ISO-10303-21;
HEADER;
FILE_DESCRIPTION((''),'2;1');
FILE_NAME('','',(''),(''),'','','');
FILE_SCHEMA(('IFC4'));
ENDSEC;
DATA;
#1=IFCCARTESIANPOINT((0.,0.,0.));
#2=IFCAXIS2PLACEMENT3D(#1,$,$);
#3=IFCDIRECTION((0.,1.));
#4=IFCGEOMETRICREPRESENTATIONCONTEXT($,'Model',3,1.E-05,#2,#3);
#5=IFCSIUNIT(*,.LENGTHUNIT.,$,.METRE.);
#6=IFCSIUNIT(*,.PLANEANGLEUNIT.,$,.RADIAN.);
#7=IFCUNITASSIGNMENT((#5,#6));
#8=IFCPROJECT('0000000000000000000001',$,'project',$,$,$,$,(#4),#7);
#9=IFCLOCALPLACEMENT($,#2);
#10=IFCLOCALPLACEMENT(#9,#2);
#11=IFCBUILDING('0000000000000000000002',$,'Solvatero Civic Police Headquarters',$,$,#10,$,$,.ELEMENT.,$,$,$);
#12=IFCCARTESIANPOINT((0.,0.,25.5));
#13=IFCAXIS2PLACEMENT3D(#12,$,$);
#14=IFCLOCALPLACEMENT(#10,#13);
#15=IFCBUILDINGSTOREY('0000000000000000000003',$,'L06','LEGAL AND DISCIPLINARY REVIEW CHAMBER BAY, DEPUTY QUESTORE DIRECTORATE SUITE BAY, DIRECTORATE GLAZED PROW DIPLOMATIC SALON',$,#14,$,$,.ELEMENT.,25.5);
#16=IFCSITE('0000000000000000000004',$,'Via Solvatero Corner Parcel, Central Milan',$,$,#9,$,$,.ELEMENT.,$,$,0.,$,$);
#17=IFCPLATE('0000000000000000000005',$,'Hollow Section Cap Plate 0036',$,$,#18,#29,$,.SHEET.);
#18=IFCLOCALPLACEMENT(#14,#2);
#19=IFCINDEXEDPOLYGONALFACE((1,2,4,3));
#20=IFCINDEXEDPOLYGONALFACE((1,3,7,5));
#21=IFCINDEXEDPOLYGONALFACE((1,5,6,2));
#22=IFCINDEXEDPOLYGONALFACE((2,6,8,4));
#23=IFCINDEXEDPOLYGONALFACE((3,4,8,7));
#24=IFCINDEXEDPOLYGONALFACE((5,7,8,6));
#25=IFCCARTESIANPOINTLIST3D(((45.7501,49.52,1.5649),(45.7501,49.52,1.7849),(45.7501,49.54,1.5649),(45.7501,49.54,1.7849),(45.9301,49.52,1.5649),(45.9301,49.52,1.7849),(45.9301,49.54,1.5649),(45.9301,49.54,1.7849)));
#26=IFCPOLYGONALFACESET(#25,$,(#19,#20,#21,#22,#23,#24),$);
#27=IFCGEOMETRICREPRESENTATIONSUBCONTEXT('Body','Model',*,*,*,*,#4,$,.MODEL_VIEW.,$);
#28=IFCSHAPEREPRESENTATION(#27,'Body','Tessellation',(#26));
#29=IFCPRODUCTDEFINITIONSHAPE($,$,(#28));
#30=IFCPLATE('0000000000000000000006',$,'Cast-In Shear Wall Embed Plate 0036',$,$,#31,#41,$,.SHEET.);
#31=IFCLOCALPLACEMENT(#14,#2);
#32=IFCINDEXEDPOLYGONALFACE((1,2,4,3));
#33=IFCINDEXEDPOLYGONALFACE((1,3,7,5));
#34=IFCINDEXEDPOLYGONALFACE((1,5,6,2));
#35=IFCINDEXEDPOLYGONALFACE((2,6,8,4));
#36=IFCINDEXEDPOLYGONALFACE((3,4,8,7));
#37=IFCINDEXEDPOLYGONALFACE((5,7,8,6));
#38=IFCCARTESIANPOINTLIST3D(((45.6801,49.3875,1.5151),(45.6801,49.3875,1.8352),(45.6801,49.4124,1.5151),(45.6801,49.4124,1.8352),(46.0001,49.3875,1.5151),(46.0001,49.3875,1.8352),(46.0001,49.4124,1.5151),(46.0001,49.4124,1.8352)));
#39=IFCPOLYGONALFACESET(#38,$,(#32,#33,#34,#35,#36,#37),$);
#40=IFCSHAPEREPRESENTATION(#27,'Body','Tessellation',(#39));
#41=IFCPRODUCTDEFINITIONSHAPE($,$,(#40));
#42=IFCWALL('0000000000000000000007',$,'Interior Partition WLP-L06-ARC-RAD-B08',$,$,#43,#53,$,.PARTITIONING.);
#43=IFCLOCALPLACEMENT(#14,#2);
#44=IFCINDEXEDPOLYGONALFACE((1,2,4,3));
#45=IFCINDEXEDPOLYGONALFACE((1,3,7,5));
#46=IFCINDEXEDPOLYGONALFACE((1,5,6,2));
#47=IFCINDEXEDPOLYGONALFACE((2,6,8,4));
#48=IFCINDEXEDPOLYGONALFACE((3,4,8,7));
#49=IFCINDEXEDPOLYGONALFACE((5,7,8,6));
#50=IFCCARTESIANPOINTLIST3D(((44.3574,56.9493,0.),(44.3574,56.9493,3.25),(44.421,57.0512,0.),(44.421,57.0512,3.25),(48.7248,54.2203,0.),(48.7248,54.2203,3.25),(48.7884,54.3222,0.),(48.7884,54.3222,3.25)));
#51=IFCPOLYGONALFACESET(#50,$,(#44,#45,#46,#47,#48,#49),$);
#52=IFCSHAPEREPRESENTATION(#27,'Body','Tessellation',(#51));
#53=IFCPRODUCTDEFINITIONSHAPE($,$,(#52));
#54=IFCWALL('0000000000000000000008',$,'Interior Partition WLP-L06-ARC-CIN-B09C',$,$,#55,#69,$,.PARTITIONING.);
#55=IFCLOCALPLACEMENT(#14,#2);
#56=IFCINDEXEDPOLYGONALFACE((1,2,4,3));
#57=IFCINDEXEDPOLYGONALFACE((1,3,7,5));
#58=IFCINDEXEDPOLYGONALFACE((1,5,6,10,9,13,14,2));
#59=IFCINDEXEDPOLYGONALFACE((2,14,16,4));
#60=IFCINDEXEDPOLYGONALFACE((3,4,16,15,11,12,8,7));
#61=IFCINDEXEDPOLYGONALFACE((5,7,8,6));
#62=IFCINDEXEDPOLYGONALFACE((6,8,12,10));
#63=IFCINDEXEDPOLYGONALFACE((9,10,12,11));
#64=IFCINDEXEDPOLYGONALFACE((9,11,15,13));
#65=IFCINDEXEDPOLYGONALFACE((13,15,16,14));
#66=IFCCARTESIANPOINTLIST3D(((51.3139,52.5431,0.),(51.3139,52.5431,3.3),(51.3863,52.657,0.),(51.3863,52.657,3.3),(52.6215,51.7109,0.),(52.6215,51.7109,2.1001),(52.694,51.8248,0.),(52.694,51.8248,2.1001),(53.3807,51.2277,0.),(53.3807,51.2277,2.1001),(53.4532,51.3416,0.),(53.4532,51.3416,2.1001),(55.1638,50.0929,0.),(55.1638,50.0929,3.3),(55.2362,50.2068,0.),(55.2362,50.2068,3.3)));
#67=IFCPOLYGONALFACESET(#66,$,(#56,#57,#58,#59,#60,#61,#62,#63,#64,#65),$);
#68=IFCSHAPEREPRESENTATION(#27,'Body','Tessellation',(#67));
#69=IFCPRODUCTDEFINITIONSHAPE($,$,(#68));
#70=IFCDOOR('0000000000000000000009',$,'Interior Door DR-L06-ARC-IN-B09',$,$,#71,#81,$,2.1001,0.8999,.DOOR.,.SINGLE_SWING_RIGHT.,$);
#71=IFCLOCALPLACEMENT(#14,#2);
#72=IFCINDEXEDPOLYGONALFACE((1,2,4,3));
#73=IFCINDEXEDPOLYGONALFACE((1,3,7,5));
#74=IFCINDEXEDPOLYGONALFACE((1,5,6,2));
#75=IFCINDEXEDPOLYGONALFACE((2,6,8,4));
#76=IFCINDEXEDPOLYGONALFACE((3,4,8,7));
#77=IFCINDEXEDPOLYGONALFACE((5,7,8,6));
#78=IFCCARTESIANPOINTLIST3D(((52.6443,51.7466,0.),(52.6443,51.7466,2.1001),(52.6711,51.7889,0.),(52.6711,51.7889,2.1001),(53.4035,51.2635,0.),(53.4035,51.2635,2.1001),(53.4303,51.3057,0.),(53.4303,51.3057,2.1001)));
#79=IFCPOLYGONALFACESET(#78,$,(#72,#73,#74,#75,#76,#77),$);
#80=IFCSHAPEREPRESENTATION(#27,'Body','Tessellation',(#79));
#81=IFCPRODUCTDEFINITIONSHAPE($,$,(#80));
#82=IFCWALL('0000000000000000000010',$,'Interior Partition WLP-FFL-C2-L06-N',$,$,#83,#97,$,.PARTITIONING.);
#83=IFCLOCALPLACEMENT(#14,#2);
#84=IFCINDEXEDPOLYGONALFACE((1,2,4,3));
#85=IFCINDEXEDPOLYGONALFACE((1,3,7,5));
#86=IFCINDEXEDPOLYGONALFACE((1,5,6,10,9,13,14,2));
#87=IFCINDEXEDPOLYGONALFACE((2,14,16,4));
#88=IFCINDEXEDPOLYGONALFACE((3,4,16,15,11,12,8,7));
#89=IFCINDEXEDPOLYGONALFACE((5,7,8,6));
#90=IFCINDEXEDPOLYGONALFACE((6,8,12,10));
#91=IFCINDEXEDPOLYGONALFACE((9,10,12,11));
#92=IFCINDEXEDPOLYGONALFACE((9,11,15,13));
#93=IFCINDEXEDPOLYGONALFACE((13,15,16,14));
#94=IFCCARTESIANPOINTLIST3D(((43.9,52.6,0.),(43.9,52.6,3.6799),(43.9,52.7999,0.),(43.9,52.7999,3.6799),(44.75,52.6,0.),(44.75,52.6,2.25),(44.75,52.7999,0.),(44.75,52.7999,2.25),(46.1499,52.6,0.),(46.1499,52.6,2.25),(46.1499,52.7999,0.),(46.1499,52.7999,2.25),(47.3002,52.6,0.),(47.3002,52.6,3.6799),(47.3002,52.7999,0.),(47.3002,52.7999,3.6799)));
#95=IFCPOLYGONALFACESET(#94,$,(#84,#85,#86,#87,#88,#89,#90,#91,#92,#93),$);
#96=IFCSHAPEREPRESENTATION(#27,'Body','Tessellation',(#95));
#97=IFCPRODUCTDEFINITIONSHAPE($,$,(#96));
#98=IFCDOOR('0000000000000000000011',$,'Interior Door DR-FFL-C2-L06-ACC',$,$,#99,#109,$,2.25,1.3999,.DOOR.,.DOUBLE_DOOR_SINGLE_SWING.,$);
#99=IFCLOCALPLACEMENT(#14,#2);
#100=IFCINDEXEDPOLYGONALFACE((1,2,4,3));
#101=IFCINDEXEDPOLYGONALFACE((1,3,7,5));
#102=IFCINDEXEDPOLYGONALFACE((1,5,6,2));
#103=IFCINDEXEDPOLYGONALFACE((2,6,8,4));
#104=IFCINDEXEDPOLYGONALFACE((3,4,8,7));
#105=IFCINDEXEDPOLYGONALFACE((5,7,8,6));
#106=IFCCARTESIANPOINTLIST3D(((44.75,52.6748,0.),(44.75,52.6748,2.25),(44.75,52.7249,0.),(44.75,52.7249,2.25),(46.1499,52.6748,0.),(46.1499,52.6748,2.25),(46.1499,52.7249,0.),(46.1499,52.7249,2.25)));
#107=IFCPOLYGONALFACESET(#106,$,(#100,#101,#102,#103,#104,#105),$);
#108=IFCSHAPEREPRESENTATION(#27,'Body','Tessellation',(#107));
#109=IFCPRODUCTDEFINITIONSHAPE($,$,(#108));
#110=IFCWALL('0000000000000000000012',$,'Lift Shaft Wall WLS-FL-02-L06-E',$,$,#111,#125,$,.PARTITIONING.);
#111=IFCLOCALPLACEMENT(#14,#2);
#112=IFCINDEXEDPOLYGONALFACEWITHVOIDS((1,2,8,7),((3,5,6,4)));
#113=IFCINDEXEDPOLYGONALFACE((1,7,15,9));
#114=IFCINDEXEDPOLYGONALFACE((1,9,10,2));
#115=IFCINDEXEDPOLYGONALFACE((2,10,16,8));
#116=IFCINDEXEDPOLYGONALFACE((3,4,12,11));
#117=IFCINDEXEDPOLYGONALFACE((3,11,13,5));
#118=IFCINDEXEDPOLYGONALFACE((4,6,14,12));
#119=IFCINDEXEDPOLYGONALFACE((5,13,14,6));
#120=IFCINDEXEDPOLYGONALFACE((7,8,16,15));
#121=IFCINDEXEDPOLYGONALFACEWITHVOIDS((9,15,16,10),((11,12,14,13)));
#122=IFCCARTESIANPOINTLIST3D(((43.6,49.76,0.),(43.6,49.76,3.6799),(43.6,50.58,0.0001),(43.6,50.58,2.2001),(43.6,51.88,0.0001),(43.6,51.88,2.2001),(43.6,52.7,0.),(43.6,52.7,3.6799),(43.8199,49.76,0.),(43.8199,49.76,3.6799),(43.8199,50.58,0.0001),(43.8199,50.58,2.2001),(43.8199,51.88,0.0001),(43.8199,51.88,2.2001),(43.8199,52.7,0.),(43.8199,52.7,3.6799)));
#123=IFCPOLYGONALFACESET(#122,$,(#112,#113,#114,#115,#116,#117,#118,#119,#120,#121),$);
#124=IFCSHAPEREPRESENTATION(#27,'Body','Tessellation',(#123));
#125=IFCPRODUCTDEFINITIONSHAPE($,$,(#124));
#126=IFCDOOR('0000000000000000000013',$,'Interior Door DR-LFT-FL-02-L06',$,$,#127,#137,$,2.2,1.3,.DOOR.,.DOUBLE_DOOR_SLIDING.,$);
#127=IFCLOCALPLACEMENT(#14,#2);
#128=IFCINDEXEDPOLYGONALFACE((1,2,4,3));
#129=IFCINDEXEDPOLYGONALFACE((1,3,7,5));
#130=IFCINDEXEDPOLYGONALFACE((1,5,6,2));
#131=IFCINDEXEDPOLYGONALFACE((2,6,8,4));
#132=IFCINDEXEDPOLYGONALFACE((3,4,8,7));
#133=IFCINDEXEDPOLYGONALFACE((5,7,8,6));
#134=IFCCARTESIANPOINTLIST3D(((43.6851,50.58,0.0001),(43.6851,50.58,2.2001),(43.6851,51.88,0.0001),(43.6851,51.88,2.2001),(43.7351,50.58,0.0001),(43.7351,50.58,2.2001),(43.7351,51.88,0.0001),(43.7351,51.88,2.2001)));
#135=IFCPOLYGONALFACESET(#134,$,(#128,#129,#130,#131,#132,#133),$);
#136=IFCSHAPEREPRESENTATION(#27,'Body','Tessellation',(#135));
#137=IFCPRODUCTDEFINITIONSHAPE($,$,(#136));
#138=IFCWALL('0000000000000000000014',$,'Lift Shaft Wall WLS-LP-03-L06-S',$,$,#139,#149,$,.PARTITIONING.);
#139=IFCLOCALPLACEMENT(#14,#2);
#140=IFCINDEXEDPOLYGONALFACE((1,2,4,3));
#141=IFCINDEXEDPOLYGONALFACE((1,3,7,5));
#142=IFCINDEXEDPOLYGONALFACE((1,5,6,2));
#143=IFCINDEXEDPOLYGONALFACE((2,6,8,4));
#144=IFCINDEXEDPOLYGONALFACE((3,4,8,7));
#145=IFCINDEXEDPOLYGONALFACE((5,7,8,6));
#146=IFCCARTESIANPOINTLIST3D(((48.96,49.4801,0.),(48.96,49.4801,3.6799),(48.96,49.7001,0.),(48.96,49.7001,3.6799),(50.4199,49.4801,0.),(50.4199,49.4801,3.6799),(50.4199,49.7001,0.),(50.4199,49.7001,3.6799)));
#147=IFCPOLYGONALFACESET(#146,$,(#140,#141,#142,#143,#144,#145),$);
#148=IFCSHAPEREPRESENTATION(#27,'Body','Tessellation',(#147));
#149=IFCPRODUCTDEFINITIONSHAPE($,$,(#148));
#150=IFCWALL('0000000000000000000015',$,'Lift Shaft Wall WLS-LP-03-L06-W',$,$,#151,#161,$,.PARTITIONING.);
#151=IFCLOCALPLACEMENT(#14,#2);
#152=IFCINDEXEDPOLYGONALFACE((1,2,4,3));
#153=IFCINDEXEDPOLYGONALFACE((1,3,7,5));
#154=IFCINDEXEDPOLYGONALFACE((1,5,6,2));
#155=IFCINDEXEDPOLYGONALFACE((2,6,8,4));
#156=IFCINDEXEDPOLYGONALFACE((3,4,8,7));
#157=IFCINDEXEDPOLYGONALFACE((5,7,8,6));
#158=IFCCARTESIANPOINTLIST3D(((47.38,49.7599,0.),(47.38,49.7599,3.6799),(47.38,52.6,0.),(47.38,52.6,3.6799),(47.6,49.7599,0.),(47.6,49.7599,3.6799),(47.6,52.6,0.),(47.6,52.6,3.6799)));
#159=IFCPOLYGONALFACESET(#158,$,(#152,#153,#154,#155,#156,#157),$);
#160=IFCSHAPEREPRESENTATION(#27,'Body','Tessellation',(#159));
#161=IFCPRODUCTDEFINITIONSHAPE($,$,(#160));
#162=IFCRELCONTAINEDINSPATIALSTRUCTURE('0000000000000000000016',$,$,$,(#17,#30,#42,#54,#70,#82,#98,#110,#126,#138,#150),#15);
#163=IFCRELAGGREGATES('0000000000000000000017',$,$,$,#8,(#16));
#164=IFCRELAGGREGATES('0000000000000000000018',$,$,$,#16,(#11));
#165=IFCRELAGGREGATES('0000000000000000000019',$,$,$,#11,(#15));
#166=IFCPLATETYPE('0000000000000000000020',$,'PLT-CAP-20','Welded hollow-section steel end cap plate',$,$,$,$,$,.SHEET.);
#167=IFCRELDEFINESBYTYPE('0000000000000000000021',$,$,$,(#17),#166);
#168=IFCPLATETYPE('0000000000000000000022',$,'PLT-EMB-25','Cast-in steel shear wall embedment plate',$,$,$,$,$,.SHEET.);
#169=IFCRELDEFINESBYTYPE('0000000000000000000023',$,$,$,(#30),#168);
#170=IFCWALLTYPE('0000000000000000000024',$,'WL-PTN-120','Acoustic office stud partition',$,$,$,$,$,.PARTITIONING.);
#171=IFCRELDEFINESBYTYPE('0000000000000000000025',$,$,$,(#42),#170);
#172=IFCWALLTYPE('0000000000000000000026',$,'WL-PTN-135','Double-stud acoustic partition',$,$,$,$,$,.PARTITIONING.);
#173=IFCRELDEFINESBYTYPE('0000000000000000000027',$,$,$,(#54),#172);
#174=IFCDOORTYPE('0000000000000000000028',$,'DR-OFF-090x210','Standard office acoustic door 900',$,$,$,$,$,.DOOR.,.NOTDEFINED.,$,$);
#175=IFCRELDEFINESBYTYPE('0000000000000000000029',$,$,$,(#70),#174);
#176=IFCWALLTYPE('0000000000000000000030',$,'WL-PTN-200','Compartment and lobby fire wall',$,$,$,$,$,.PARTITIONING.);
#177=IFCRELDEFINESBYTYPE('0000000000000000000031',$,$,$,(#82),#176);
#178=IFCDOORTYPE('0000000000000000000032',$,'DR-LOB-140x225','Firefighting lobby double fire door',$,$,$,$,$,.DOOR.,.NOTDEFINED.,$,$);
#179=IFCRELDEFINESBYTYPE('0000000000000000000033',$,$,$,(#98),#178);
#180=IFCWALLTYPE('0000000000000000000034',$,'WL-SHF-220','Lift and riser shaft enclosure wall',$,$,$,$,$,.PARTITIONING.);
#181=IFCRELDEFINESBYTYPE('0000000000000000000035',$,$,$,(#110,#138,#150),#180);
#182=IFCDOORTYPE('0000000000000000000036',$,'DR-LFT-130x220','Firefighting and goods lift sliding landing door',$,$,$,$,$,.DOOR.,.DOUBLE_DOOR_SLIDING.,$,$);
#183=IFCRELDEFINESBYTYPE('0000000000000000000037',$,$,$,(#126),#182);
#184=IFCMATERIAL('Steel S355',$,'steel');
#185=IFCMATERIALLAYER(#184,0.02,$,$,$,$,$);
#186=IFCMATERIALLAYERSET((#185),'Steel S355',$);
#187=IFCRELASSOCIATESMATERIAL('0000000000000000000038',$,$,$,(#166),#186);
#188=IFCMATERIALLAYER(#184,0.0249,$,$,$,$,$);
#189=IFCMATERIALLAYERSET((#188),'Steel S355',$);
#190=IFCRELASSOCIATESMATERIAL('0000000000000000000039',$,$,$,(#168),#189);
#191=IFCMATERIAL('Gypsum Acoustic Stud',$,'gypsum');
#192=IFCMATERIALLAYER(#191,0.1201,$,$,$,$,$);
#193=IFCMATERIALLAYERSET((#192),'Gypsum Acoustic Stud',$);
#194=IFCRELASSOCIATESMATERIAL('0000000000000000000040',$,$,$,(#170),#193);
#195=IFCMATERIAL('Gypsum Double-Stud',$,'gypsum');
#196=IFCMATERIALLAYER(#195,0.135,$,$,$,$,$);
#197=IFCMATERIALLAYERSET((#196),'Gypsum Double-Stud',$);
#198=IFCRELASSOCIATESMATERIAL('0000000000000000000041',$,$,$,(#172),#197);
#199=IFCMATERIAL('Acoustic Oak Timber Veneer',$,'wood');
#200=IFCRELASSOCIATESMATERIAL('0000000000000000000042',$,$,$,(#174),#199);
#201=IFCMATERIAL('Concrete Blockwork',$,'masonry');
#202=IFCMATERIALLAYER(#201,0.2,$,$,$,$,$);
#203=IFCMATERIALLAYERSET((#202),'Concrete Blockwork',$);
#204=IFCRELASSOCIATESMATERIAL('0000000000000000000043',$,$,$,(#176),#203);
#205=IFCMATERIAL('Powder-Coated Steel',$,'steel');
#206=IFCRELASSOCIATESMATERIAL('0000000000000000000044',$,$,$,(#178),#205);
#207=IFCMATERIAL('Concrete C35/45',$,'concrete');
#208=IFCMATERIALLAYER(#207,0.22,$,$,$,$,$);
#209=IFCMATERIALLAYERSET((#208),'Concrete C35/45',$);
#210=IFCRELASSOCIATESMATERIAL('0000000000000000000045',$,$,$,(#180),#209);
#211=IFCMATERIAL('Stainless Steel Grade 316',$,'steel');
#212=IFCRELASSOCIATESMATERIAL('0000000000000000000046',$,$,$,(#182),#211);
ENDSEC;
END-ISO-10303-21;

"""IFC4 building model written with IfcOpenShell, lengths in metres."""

from ifc_helpers import new_model, si_unit, direction, frame, frame_2d, origin, origin_2d, place, context, subcontext, project, spatial, rectangle, extrude, material, layer, layer_set, type_object, element, fill, save


model = new_model("IFC4")

# Units and contexts
model_context = context("Model", 3, precision=1e-05, world=origin(), true_north=direction((0.0, 1.0)))
body_context = subcontext(model_context, "Body", "Model", "MODEL_VIEW")
ifc_project = project(units=[si_unit("LENGTHUNIT", "METRE"), si_unit("PLANEANGLEUNIT", "RADIAN")], contexts=[model_context])

# Site, building, storey
site_placement = place(None, origin())
site = spatial("IfcSite", under=ifc_project, at=site_placement, Name="Via Solvatero Corner Parcel, Central Milan", CompositionType="ELEMENT", RefElevation=0.0)
building_placement = place(site_placement, origin())
building = spatial("IfcBuilding", under=site, at=building_placement, Name="Solvatero Civic Police Headquarters", CompositionType="ELEMENT")
storey_placement = place(building_placement, frame((0.0, 0.0, 25.5)))
storey = spatial("IfcBuildingStorey", under=building, at=storey_placement, Name="L06", Description="LEGAL AND DISCIPLINARY REVIEW CHAMBER BAY, DEPUTY QUESTORE DIRECTORATE SUITE BAY, DIRECTORATE GLAZED PROW DIPLOMATIC SALON", CompositionType="ELEMENT", Elevation=25.5)

# Shared definitions
ifc_material_1 = material(Name="Steel S355", Category="steel")

# Plates
ifc_layer_1 = layer(ifc_material_1, 0.02)
ifc_layer_set_1 = layer_set([ifc_layer_1], Name="Steel S355")
plate_type_1 = type_object("IfcPlateType", Name="PLT-CAP-20", Description="Welded hollow-section steel end cap plate", PredefinedType="SHEET", material=ifc_layer_set_1)
plate_1_placement = place(storey_placement, frame((45.8401, 49.53, 1.5649), z_axis=(0.0, 0.0, 1.0), x_axis=(1.0, 0.0, 0.0)))
element("IfcPlate", 1, at=plate_1_placement, inside=storey, type_object=plate_type_1, Name="Hollow Section Cap Plate 0036", PredefinedType="SHEET", context=body_context, shape_type="SweptSolid", body=[
    extrude(rectangle(XDim=0.1799, YDim=0.02, at=origin_2d()), origin(), (0.0, 0.0, 1.0), 0.22),
])
ifc_layer_2 = layer(ifc_material_1, 0.0249)
ifc_layer_set_2 = layer_set([ifc_layer_2], Name="Steel S355")
plate_type_2 = type_object("IfcPlateType", Name="PLT-EMB-25", Description="Cast-in steel shear wall embedment plate", PredefinedType="SHEET", material=ifc_layer_set_2)
plate_2_placement = place(storey_placement, frame((45.8401, 49.3999, 1.5151), z_axis=(0.0, 0.0, 1.0), x_axis=(1.0, 0.0, 0.0)))
element("IfcPlate", 2, at=plate_2_placement, inside=storey, type_object=plate_type_2, Name="Cast-In Shear Wall Embed Plate 0036", PredefinedType="SHEET", context=body_context, shape_type="SweptSolid", body=[
    extrude(rectangle(XDim=0.3201, YDim=0.0249, at=origin_2d()), origin(), (0.0, 0.0, 1.0), 0.3201),
])

# Wall
ifc_material_2 = material(Name="Gypsum Acoustic Stud", Category="gypsum")
ifc_layer_3 = layer(ifc_material_2, 0.1201)
ifc_layer_set_3 = layer_set([ifc_layer_3], Name="Gypsum Acoustic Stud")
wall_type_1 = type_object("IfcWallType", Name="WL-PTN-120", Description="Acoustic office stud partition", PredefinedType="PARTITIONING", material=ifc_layer_set_3)
wall_1_placement = place(storey_placement, frame((48.7566, 54.2712, 0.0), z_axis=(0.0, 0.0, 1.0), x_axis=(-0.848054, 0.529909, 0.0)))
element("IfcWall", 3, at=wall_1_placement, inside=storey, type_object=wall_type_1, Name="Interior Partition WLP-L06-ARC-RAD-B08", PredefinedType="PARTITIONING", context=body_context, shape_type="SweptSolid", body=[
    extrude(rectangle(XDim=5.1499, YDim=0.1201, at=frame_2d((2.575, 0.0))), origin(), (0.0, 0.0, 1.0), 3.25),
])

# Walls, openings, doors
ifc_material_3 = material(Name="Gypsum Double-Stud", Category="gypsum")
ifc_layer_4 = layer(ifc_material_3, 0.135)
ifc_layer_set_4 = layer_set([ifc_layer_4], Name="Gypsum Double-Stud")
wall_type_2 = type_object("IfcWallType", Name="WL-PTN-135", Description="Double-stud acoustic partition", PredefinedType="PARTITIONING", material=ifc_layer_set_4)
wall_2_placement = place(storey_placement, frame((51.3501, 52.6001, 0.0), z_axis=(0.0, 0.0, 1.0), x_axis=(0.843633, -0.53692, 0.0)))
wall_2 = element("IfcWall", 4, at=wall_2_placement, inside=storey, type_object=wall_type_2, Name="Interior Partition WLP-L06-ARC-CIN-B09C", PredefinedType="PARTITIONING", context=body_context, shape_type="SweptSolid", body=[
    extrude(rectangle(XDim=4.5635, YDim=0.135, at=frame_2d((2.2817, 0.0))), origin(), (0.0, 0.0, 1.0), 3.3),
])
opening_1_placement = place(wall_2_placement, frame((1.55, 0.0, 0.0)))
opening_1 = element("IfcOpeningElement", 5, at=opening_1_placement, cuts=wall_2, PredefinedType="OPENING", context=body_context, shape_type="SweptSolid", body=[
    extrude(rectangle(XDim=0.8999, YDim=2.1001, at=frame_2d((0.45, 1.05))), frame((0.0, 0.0774, 0.0), z_axis=(0.0, -1.0, 0.0), x_axis=(1.0, 0.0, 0.0)), (0.0, 0.0, 1.0), 0.155),
])
ifc_material_4 = material(Name="Acoustic Oak Timber Veneer", Category="wood")
door_type_1 = type_object("IfcDoorType", Name="DR-OFF-090x210", Description="Standard office acoustic door 900", OperationType="NOTDEFINED", PredefinedType="DOOR", material=ifc_material_4)
door_1_placement = place(opening_1_placement, origin())
door_1 = element("IfcDoor", 6, at=door_1_placement, inside=storey, type_object=door_type_1, Name="Interior Door DR-L06-ARC-IN-B09", OperationType="SINGLE_SWING_RIGHT", OverallHeight=2.1001, OverallWidth=0.8999, PredefinedType="DOOR", context=body_context, shape_type="SweptSolid", body=[
    extrude(rectangle(XDim=0.8999, YDim=2.1001, at=frame_2d((0.45, 1.05))), frame((0.0, 0.0249, 0.0), z_axis=(0.0, -1.0, 0.0), x_axis=(1.0, 0.0, 0.0)), (0.0, 0.0, 1.0), 0.05),
])
fill(opening_1, door_1)
ifc_material_5 = material(Name="Concrete Blockwork", Category="masonry")
ifc_layer_5 = layer(ifc_material_5, 0.2)
ifc_layer_set_5 = layer_set([ifc_layer_5], Name="Concrete Blockwork")
wall_type_3 = type_object("IfcWallType", Name="WL-PTN-200", Description="Compartment and lobby fire wall", PredefinedType="PARTITIONING", material=ifc_layer_set_5)
wall_3_placement = place(storey_placement, frame((43.8999, 52.7, 0.0), z_axis=(0.0, 0.0, 1.0), x_axis=(1.0, 0.0, 0.0)))
wall_3 = element("IfcWall", 7, at=wall_3_placement, inside=storey, type_object=wall_type_3, Name="Interior Partition WLP-FFL-C2-L06-N", PredefinedType="PARTITIONING", context=body_context, shape_type="SweptSolid", body=[
    extrude(rectangle(XDim=3.4001, YDim=0.2, at=frame_2d((1.7002, 0.0))), origin(), (0.0, 0.0, 1.0), 3.6799),
])
opening_2_placement = place(wall_3_placement, frame((0.8501, 0.0, 0.0)))
opening_2 = element("IfcOpeningElement", 8, at=opening_2_placement, cuts=wall_3, PredefinedType="OPENING", context=body_context, shape_type="SweptSolid", body=[
    extrude(rectangle(XDim=1.3999, YDim=2.25, at=frame_2d((0.7, 1.125))), frame((0.0, 0.1099, 0.0), z_axis=(0.0, -1.0, 0.0), x_axis=(1.0, 0.0, 0.0)), (0.0, 0.0, 1.0), 0.22),
])
ifc_material_6 = material(Name="Powder-Coated Steel", Category="steel")
door_type_2 = type_object("IfcDoorType", Name="DR-LOB-140x225", Description="Firefighting lobby double fire door", OperationType="NOTDEFINED", PredefinedType="DOOR", material=ifc_material_6)
door_2_placement = place(opening_2_placement, origin())
door_2 = element("IfcDoor", 9, at=door_2_placement, inside=storey, type_object=door_type_2, Name="Interior Door DR-FFL-C2-L06-ACC", OperationType="DOUBLE_DOOR_SINGLE_SWING", OverallHeight=2.25, OverallWidth=1.3999, PredefinedType="DOOR", context=body_context, shape_type="SweptSolid", body=[
    extrude(rectangle(XDim=1.3999, YDim=2.25, at=frame_2d((0.7, 1.125))), frame((0.0, 0.0249, 0.0), z_axis=(0.0, -1.0, 0.0), x_axis=(1.0, 0.0, 0.0)), (0.0, 0.0, 1.0), 0.05),
])
fill(opening_2, door_2)
ifc_material_7 = material(Name="Concrete C35/45", Category="concrete")
ifc_layer_6 = layer(ifc_material_7, 0.22)
ifc_layer_set_6 = layer_set([ifc_layer_6], Name="Concrete C35/45")
wall_type_4 = type_object("IfcWallType", Name="WL-SHF-220", Description="Lift and riser shaft enclosure wall", PredefinedType="PARTITIONING", material=ifc_layer_set_6)
wall_4_placement = place(storey_placement, frame((43.71, 49.76, 0.0), z_axis=(0.0, 0.0, 1.0), x_axis=(0.0, 1.0, 0.0)))
wall_4 = element("IfcWall", 10, at=wall_4_placement, inside=storey, type_object=wall_type_4, Name="Lift Shaft Wall WLS-FL-02-L06-E", PredefinedType="PARTITIONING", context=body_context, shape_type="SweptSolid", body=[
    extrude(rectangle(XDim=2.9399, YDim=0.22, at=frame_2d((1.47, 0.0))), origin(), (0.0, 0.0, 1.0), 3.6799),
])
opening_3_placement = place(wall_4_placement, frame((0.8201, 0.0, 0.0)))
opening_3 = element("IfcOpeningElement", 11, at=opening_3_placement, cuts=wall_4, PredefinedType="OPENING", context=body_context, shape_type="SweptSolid", body=[
    extrude(rectangle(XDim=1.3, YDim=2.2, at=frame_2d((0.6499, 1.1001))), frame((0.0, 0.1199, 0.0), z_axis=(0.0, -1.0, 0.0), x_axis=(1.0, 0.0, 0.0)), (0.0, 0.0, 1.0), 0.24),
])
ifc_material_8 = material(Name="Stainless Steel Grade 316", Category="steel")
door_type_3 = type_object("IfcDoorType", Name="DR-LFT-130x220", Description="Firefighting and goods lift sliding landing door", OperationType="DOUBLE_DOOR_SLIDING", PredefinedType="DOOR", material=ifc_material_8)
door_3_placement = place(opening_3_placement, origin())
door_3 = element("IfcDoor", 12, at=door_3_placement, inside=storey, type_object=door_type_3, Name="Interior Door DR-LFT-FL-02-L06", OperationType="DOUBLE_DOOR_SLIDING", OverallHeight=2.2, OverallWidth=1.3, PredefinedType="DOOR", context=body_context, shape_type="SweptSolid", body=[
    extrude(rectangle(XDim=1.3, YDim=2.2, at=frame_2d((0.6499, 1.1001))), frame((0.0, 0.0249, 0.0), z_axis=(0.0, -1.0, 0.0), x_axis=(1.0, 0.0, 0.0)), (0.0, 0.0, 1.0), 0.05),
])
fill(opening_3, door_3)

# Wall
wall_5_placement = place(storey_placement, frame((48.96, 49.5901, 0.0), z_axis=(0.0, 0.0, 1.0), x_axis=(1.0, 0.0, 0.0)))
element("IfcWall", 13, at=wall_5_placement, inside=storey, type_object=wall_type_4, Name="Lift Shaft Wall WLS-LP-03-L06-S", PredefinedType="PARTITIONING", context=body_context, shape_type="SweptSolid", body=[
    extrude(rectangle(XDim=1.46, YDim=0.22, at=frame_2d((0.73, 0.0))), origin(), (0.0, 0.0, 1.0), 3.6799),
])

# Wall
wall_6_placement = place(storey_placement, frame((47.49, 49.76, 0.0), z_axis=(0.0, 0.0, 1.0), x_axis=(0.0, 1.0, 0.0)))
element("IfcWall", 14, at=wall_6_placement, inside=storey, type_object=wall_type_4, Name="Lift Shaft Wall WLS-LP-03-L06-W", PredefinedType="PARTITIONING", context=body_context, shape_type="SweptSolid", body=[
    extrude(rectangle(XDim=2.8401, YDim=0.22, at=frame_2d((1.4199, 0.0))), origin(), (0.0, 0.0, 1.0), 3.6799),
])

save(model, "model.ifc")
